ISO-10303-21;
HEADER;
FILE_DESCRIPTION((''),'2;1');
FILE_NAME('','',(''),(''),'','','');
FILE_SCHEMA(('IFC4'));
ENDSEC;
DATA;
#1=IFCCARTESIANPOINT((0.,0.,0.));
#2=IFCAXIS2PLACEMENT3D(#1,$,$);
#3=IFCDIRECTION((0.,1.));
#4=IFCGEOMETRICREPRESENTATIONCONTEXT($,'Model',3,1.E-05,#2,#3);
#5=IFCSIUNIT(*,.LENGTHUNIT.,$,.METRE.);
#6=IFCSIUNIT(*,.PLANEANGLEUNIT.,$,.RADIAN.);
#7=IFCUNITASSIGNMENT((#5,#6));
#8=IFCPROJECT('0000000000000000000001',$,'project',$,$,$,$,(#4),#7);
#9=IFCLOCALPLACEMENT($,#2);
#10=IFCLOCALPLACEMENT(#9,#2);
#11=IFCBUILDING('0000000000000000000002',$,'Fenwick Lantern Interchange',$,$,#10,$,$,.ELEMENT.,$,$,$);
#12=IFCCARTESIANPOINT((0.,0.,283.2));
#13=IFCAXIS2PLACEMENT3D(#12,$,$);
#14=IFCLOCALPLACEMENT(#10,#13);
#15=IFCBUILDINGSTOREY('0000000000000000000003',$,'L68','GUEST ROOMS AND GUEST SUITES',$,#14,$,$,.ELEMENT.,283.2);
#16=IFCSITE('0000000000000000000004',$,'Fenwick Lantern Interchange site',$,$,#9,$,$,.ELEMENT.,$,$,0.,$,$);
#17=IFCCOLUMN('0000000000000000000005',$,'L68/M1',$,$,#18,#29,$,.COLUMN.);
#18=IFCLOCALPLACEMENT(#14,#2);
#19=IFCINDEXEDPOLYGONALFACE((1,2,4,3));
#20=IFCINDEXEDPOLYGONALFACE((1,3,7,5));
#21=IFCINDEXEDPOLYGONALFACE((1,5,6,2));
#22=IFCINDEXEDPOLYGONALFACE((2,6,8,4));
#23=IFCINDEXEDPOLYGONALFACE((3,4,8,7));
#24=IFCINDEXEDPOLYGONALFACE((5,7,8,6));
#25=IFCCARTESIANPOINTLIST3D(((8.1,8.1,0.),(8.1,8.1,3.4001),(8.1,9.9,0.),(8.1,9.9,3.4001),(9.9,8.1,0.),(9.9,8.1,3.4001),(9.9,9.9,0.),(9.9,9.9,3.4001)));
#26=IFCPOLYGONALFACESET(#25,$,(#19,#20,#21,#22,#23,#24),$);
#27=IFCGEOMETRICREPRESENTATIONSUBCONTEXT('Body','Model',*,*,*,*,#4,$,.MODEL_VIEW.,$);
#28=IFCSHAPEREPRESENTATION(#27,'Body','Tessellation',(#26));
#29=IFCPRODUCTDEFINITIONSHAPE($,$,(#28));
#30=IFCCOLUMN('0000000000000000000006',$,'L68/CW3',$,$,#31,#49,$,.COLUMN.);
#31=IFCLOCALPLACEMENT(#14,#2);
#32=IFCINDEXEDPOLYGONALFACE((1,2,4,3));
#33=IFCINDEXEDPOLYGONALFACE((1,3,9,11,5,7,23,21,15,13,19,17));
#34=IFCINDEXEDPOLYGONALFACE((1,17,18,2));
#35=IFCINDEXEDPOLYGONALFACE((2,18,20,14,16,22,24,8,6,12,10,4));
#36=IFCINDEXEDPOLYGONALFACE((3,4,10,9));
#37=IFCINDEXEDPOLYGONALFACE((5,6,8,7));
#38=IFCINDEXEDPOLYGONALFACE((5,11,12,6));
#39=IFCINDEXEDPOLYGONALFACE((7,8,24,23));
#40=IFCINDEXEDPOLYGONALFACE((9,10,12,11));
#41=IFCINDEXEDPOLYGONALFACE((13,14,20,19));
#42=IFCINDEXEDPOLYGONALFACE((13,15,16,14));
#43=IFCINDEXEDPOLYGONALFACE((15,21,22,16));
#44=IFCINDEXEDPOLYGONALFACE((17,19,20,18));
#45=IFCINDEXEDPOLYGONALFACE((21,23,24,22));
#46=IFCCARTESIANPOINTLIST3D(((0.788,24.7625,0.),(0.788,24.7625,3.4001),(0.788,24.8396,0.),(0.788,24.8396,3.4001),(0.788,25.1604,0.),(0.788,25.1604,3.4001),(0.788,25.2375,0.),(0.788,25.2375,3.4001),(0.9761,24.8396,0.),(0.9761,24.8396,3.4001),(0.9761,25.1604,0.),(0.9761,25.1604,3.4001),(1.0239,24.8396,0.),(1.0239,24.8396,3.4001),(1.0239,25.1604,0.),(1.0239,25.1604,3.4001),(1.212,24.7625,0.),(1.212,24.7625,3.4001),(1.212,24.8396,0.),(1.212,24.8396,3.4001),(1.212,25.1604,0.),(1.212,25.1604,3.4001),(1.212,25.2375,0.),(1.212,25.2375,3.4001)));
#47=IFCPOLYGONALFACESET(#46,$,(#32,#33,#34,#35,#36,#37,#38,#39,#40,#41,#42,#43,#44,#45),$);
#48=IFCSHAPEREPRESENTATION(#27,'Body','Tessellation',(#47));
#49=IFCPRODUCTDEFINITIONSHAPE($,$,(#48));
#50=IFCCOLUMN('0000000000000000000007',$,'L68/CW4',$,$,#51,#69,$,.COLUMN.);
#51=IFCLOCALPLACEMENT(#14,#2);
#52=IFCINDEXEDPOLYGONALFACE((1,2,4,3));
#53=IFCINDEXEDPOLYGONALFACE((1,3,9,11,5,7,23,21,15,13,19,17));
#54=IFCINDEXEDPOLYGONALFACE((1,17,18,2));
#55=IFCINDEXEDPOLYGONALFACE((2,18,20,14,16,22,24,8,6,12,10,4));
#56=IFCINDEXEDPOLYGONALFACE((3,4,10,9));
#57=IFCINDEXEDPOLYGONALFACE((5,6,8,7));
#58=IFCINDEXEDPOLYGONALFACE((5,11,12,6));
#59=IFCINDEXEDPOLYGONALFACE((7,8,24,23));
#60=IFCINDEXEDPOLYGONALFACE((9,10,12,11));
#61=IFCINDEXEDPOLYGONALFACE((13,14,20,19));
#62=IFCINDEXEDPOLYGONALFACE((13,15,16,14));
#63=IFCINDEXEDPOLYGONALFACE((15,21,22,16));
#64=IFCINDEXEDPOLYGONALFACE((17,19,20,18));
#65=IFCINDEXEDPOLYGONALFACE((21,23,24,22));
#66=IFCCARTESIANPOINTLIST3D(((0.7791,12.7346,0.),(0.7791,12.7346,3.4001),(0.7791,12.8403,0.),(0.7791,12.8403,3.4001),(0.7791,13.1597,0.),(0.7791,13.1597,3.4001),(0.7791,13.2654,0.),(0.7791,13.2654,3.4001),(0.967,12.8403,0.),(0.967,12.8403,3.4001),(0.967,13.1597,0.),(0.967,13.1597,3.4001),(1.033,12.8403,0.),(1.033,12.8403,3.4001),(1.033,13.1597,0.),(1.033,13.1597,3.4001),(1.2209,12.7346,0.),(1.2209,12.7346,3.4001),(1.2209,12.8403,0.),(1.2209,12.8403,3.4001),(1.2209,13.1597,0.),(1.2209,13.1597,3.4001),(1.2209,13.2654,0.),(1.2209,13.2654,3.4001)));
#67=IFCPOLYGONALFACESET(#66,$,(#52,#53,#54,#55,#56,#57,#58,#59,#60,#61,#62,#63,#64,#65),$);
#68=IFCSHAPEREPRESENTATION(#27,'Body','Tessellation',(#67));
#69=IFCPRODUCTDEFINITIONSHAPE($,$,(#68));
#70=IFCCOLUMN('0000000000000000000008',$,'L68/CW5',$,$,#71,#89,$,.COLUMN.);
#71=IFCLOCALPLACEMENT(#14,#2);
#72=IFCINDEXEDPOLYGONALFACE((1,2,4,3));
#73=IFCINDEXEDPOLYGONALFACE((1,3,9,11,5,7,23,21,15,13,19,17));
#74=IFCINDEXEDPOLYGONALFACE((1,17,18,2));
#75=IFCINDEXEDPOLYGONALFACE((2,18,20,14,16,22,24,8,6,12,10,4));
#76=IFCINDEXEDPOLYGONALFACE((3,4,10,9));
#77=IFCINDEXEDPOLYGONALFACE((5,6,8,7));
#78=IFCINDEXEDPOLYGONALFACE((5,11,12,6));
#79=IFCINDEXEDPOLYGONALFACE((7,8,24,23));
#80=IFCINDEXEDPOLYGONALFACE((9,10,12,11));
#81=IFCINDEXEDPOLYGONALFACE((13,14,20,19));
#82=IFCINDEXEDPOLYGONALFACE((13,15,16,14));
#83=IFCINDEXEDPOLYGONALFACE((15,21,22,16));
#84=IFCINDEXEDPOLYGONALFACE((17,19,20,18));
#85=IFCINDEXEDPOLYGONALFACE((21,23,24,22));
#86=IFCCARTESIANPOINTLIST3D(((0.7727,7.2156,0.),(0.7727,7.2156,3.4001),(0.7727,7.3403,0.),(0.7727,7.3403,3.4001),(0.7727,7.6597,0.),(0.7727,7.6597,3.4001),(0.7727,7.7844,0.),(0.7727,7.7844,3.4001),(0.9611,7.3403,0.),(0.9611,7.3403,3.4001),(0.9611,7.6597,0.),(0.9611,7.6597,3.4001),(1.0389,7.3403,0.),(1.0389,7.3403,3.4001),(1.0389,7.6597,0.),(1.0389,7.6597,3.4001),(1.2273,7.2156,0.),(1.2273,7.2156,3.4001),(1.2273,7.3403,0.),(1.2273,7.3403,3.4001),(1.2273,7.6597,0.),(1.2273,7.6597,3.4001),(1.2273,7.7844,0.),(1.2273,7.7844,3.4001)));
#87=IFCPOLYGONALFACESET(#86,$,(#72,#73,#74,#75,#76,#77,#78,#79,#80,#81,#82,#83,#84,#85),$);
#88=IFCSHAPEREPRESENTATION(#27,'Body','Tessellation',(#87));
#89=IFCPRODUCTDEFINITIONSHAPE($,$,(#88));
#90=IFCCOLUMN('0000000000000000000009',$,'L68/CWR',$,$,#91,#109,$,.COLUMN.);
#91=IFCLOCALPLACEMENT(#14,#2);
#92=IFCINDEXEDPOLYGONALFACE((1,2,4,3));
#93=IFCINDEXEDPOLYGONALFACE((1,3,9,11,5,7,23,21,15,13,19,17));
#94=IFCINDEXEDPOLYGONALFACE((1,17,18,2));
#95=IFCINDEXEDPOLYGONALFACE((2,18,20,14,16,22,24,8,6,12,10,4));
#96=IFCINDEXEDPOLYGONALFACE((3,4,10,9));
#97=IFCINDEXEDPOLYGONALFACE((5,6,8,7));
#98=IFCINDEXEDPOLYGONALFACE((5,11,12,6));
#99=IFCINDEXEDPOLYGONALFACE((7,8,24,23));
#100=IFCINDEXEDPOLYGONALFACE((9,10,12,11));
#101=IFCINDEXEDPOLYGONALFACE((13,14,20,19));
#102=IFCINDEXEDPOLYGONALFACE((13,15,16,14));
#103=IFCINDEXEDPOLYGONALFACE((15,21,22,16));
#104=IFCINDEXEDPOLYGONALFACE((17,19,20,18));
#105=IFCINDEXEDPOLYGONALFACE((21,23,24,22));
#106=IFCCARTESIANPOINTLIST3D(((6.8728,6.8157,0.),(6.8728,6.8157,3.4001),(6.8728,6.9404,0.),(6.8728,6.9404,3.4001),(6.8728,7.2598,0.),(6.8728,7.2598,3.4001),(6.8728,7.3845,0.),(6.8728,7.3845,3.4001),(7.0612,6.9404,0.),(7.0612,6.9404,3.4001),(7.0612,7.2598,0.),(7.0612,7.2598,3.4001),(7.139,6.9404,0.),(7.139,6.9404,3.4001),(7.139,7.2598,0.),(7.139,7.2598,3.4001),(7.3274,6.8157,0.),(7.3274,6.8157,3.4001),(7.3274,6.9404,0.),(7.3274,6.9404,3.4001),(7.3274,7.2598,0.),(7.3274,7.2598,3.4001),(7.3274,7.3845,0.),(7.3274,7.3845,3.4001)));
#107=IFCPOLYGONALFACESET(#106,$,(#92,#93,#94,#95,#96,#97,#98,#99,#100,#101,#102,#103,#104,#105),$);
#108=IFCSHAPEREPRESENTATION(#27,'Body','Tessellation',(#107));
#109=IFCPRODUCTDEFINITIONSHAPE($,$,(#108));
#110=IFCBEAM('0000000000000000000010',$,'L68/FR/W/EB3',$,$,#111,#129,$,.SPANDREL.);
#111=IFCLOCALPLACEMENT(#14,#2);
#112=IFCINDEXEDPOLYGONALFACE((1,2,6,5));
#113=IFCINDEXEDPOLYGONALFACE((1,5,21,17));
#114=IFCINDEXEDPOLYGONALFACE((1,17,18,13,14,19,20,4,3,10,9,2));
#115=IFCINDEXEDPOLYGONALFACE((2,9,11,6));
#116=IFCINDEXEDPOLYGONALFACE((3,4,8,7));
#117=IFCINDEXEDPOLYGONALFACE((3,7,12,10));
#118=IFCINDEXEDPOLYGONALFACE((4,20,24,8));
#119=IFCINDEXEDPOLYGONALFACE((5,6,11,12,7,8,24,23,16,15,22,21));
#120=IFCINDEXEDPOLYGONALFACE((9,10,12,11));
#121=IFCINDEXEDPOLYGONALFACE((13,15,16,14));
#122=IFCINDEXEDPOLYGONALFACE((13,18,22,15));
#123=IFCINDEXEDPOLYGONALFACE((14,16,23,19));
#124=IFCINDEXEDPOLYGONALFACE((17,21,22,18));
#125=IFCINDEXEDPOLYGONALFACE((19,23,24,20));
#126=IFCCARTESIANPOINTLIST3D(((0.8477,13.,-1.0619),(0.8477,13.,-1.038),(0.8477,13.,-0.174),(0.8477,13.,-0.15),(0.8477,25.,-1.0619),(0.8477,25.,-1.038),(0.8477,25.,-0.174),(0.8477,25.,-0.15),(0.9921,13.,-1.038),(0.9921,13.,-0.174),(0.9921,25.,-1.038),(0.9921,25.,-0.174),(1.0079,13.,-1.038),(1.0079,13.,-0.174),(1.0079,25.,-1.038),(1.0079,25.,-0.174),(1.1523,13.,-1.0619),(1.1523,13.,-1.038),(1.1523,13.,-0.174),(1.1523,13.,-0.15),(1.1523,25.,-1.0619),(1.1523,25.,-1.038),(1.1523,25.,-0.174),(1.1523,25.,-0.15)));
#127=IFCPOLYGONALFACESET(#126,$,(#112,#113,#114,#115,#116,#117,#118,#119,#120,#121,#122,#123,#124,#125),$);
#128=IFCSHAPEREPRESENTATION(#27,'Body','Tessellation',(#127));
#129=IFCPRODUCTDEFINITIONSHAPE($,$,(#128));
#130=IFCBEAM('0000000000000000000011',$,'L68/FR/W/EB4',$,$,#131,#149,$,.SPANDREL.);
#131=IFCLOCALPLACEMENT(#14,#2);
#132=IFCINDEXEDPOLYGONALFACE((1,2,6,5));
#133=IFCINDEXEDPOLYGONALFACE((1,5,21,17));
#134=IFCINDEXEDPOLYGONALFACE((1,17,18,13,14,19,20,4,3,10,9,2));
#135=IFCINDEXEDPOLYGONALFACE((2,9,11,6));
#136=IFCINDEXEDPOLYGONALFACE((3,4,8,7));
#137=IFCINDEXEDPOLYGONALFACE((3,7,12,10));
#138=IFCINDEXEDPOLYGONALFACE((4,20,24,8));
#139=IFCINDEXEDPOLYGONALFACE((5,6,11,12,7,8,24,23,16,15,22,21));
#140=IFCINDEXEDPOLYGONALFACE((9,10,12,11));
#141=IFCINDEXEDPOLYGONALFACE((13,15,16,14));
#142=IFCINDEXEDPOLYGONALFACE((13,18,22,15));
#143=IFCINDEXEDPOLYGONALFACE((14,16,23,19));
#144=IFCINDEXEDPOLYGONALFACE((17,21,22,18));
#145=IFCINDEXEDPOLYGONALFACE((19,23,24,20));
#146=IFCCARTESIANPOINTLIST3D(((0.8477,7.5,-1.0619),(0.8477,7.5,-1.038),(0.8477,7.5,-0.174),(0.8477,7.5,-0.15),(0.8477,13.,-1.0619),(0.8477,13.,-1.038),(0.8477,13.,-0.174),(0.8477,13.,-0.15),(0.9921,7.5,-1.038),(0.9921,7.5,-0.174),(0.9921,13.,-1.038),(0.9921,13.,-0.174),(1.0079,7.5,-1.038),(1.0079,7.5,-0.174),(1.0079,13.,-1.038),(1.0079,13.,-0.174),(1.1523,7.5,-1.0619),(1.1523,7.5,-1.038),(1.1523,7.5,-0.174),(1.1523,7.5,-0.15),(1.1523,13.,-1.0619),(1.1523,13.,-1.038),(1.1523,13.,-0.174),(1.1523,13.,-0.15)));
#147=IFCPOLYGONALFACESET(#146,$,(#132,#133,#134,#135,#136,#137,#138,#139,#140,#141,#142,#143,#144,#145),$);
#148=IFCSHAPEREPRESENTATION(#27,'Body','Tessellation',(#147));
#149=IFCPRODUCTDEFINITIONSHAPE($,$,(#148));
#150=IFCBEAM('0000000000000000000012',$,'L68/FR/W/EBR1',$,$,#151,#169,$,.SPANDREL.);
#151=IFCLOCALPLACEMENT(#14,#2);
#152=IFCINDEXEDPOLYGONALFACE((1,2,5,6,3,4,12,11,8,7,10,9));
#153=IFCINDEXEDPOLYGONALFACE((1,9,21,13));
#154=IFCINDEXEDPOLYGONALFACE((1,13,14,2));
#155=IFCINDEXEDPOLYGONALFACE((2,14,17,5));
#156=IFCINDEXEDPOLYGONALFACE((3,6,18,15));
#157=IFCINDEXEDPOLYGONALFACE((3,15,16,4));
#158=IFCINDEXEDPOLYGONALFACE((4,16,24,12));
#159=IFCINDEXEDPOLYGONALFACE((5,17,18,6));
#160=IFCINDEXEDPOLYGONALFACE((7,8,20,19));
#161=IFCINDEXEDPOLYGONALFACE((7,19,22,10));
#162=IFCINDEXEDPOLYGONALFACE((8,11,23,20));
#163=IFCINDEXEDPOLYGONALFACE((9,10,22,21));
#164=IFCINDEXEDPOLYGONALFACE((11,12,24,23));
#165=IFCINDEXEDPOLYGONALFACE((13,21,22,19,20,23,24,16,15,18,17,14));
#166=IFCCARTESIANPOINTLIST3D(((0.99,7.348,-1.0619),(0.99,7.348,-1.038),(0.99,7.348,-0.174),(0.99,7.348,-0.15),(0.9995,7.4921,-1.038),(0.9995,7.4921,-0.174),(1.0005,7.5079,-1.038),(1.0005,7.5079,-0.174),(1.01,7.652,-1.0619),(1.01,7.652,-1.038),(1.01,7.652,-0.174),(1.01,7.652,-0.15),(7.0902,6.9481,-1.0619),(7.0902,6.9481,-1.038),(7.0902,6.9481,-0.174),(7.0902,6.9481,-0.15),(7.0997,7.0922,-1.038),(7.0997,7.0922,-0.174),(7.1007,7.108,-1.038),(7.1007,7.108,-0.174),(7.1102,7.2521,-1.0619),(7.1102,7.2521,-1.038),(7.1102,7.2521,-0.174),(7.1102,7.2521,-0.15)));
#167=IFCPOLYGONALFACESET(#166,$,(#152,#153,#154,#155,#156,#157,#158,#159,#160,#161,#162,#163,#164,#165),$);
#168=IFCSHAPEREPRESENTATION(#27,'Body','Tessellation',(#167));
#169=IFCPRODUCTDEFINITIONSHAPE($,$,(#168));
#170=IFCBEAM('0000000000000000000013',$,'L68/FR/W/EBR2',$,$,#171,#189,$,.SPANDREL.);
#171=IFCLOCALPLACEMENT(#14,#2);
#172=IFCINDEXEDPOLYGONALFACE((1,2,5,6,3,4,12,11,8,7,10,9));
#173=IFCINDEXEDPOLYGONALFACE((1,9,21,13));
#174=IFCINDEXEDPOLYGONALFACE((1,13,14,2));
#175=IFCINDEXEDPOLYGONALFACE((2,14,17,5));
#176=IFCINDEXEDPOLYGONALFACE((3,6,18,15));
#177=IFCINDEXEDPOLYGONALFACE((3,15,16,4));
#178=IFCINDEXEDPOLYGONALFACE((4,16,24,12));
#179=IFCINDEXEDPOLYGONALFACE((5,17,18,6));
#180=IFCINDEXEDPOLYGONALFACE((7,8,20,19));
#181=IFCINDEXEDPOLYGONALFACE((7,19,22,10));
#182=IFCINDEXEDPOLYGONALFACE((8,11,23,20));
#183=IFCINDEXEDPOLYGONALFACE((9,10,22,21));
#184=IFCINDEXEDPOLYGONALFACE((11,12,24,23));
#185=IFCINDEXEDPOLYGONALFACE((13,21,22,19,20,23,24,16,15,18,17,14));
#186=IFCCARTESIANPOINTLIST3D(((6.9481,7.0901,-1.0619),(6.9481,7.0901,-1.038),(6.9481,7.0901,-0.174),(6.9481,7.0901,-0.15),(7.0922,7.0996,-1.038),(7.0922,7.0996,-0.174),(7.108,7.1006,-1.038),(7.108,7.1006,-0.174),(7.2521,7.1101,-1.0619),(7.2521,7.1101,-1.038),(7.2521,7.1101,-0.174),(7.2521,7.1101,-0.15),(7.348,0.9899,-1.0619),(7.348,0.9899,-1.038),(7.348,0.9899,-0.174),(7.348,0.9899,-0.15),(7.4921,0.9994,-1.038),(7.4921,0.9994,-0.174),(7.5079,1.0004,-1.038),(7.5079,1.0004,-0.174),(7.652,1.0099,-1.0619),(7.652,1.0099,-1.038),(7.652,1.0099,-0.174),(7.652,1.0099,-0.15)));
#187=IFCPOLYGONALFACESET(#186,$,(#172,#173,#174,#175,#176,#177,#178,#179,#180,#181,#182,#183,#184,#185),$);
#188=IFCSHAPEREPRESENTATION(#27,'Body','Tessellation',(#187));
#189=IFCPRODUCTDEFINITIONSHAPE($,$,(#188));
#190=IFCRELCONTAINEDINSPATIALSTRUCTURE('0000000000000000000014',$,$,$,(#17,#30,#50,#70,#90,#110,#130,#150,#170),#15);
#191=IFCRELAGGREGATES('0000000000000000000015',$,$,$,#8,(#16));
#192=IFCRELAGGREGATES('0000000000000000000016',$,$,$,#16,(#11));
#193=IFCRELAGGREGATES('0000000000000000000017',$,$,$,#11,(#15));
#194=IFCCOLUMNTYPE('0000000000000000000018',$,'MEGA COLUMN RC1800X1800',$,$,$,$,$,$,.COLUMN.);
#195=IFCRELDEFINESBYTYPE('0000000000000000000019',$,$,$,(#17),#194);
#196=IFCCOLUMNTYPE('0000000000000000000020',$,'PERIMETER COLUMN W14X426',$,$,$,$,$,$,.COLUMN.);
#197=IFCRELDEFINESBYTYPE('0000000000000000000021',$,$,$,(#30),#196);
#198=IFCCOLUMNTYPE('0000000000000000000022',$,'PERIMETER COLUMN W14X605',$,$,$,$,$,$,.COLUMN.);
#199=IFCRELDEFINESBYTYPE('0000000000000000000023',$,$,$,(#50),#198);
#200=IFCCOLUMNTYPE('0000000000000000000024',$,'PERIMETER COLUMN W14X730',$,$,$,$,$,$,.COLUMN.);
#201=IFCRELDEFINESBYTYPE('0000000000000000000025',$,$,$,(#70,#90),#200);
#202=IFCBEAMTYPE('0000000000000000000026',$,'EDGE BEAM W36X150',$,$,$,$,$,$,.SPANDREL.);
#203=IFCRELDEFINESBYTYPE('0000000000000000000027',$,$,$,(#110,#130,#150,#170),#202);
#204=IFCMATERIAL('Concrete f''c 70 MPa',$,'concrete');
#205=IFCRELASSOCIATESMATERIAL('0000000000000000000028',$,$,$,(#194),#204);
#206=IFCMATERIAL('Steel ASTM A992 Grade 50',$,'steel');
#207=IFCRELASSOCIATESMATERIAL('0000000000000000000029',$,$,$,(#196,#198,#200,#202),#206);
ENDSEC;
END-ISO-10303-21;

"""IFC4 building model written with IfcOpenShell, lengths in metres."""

from ifc_helpers import new_model, si_unit, direction, frame, origin, origin_2d, place, context, subcontext, project, spatial, rectangle, i_section, extrude, material, material_profile, profile_set, type_object, element, save


model = new_model("IFC4")

# Units and contexts
model_context = context("Model", 3, precision=1e-05, world=origin(), true_north=direction((0.0, 1.0)))
body_context = subcontext(model_context, "Body", "Model", "MODEL_VIEW")
ifc_project = project(units=[si_unit("LENGTHUNIT", "METRE"), si_unit("PLANEANGLEUNIT", "RADIAN")], contexts=[model_context])

# Site, building, storey
site_placement = place(None, origin())
site = spatial("IfcSite", under=ifc_project, at=site_placement, Name="Fenwick Lantern Interchange site", CompositionType="ELEMENT", RefElevation=0.0)
building_placement = place(site_placement, origin())
building = spatial("IfcBuilding", under=site, at=building_placement, Name="Fenwick Lantern Interchange", CompositionType="ELEMENT")
storey_placement = place(building_placement, frame((0.0, 0.0, 283.2)))
storey = spatial("IfcBuildingStorey", under=building, at=storey_placement, Name="L68", Description="GUEST ROOMS AND GUEST SUITES", CompositionType="ELEMENT", Elevation=283.2)

# Columns
ifc_material_1 = material(Name="Concrete f'c 70 MPa", Category="concrete")
ifc_material_profile_1 = material_profile(ifc_material_1, rectangle(XDim=1.8, YDim=1.8, at=origin_2d()), Name="RC1800X1800")
ifc_profile_set_1 = profile_set([ifc_material_profile_1], Name="Concrete f'c 70 MPa")
column_type_1 = type_object("IfcColumnType", Name="MEGA COLUMN RC1800X1800", PredefinedType="COLUMN", material=ifc_profile_set_1)
column_1_placement = place(storey_placement, frame((9.0, 9.0, 0.0), z_axis=(0.0, 0.0, 1.0), x_axis=(1.0, 0.0, 0.0)))
element("IfcColumn", 1, at=column_1_placement, inside=storey, type_object=column_type_1, Name="L68/M1", PredefinedType="COLUMN", context=body_context, shape_type="SweptSolid", body=[
    extrude(rectangle(XDim=1.8, YDim=1.8, at=origin_2d()), origin(), (0.0, 0.0, 1.0), 3.4001),
])
ifc_material_2 = material(Name="Steel ASTM A992 Grade 50", Category="steel")
ifc_material_profile_2 = material_profile(ifc_material_2, i_section(OverallWidth=0.4241, OverallDepth=0.4751, WebThickness=0.0479, FlangeThickness=0.0771, at=origin_2d()), Name="W14X426")
ifc_profile_set_2 = profile_set([ifc_material_profile_2], Name="Steel ASTM A992 Grade 50")
column_type_2 = type_object("IfcColumnType", Name="PERIMETER COLUMN W14X426", PredefinedType="COLUMN", material=ifc_profile_set_2)
column_2_placement = place(storey_placement, frame((1.0, 25.0, 0.0), z_axis=(0.0, 0.0, 1.0), x_axis=(1.0, 0.0, 0.0)))
element("IfcColumn", 2, at=column_2_placement, inside=storey, type_object=column_type_2, Name="L68/CW3", PredefinedType="COLUMN", context=body_context, shape_type="SweptSolid", body=[
    extrude(i_section(OverallWidth=0.4241, OverallDepth=0.4751, WebThickness=0.0479, FlangeThickness=0.0771, at=origin_2d()), origin(), (0.0, 0.0, 1.0), 3.4001),
])
ifc_material_profile_3 = material_profile(ifc_material_2, i_section(OverallWidth=0.4419, OverallDepth=0.5308, WebThickness=0.0659, FlangeThickness=0.1057, at=origin_2d()), Name="W14X605")
ifc_profile_set_3 = profile_set([ifc_material_profile_3], Name="Steel ASTM A992 Grade 50")
column_type_3 = type_object("IfcColumnType", Name="PERIMETER COLUMN W14X605", PredefinedType="COLUMN", material=ifc_profile_set_3)
column_3_placement = place(storey_placement, frame((1.0, 13.0, 0.0), z_axis=(0.0, 0.0, 1.0), x_axis=(1.0, 0.0, 0.0)))
element("IfcColumn", 3, at=column_3_placement, inside=storey, type_object=column_type_3, Name="L68/CW4", PredefinedType="COLUMN", context=body_context, shape_type="SweptSolid", body=[
    extrude(i_section(OverallWidth=0.4419, OverallDepth=0.5308, WebThickness=0.0659, FlangeThickness=0.1057, at=origin_2d()), origin(), (0.0, 0.0, 1.0), 3.4001),
])
ifc_material_profile_4 = material_profile(ifc_material_2, i_section(OverallWidth=0.4546, OverallDepth=0.5688, WebThickness=0.0779, FlangeThickness=0.1248, at=origin_2d()), Name="W14X730")
ifc_profile_set_4 = profile_set([ifc_material_profile_4], Name="Steel ASTM A992 Grade 50")
column_type_4 = type_object("IfcColumnType", Name="PERIMETER COLUMN W14X730", PredefinedType="COLUMN", material=ifc_profile_set_4)
for number, where, z_axis, x_axis, name in (
    (4, (1.0, 7.5, 0.0), (0.0, 0.0, 1.0), (1.0, 0.0, 0.0), "L68/CW5"),
    (5, (7.1001, 7.1001, 0.0), (0.0, 0.0, 1.0), (1.0, 0.0, 0.0), "L68/CWR"),
):
    element("IfcColumn", number, at=place(storey_placement, frame(where, z_axis=z_axis, x_axis=x_axis)), inside=storey, type_object=column_type_4, Name=name, PredefinedType="COLUMN", context=body_context, shape_type="SweptSolid", body=[
        extrude(i_section(OverallWidth=0.4546, OverallDepth=0.5688, WebThickness=0.0779, FlangeThickness=0.1248, at=origin_2d()), origin(), (0.0, 0.0, 1.0), 3.4001),
    ])

# Beams
ifc_material_profile_5 = material_profile(ifc_material_2, i_section(OverallWidth=0.3047, OverallDepth=0.9119, WebThickness=0.0159, FlangeThickness=0.0239, at=origin_2d()), Name="W36X150")
ifc_profile_set_5 = profile_set([ifc_material_profile_5], Name="Steel ASTM A992 Grade 50")
beam_type_1 = type_object("IfcBeamType", Name="EDGE BEAM W36X150", PredefinedType="SPANDREL", material=ifc_profile_set_5)
beam_1_placement = place(storey_placement, frame((1.0, 25.0, -0.606), z_axis=(0.0, -1.0, 0.0), x_axis=(1.0, 0.0, 0.0)))
element("IfcBeam", 6, at=beam_1_placement, inside=storey, type_object=beam_type_1, Name="L68/FR/W/EB3", PredefinedType="SPANDREL", context=body_context, shape_type="SweptSolid", body=[
    extrude(i_section(OverallWidth=0.3047, OverallDepth=0.9119, WebThickness=0.0159, FlangeThickness=0.0239, at=origin_2d()), origin(), (0.0, 0.0, 1.0), 12.0),
])
beam_2_placement = place(storey_placement, frame((1.0, 13.0, -0.606), z_axis=(0.0, -1.0, 0.0), x_axis=(1.0, 0.0, 0.0)))
element("IfcBeam", 7, at=beam_2_placement, inside=storey, type_object=beam_type_1, Name="L68/FR/W/EB4", PredefinedType="SPANDREL", context=body_context, shape_type="SweptSolid", body=[
    extrude(i_section(OverallWidth=0.3047, OverallDepth=0.9119, WebThickness=0.0159, FlangeThickness=0.0239, at=origin_2d()), origin(), (0.0, 0.0, 1.0), 5.5),
])
for number, where, z_axis, x_axis, name in (
    (8, (1.0, 7.5, -0.606), (0.997858, -0.065416, 0.0), (0.065416, 0.997858, 0.0), "L68/FR/W/EBR1"),
    (9, (7.1001, 7.1001, -0.606), (0.065416, -0.997858, 0.0), (0.997858, 0.065416, 0.0), "L68/FR/W/EBR2"),
):
    element("IfcBeam", number, at=place(storey_placement, frame(where, z_axis=z_axis, x_axis=x_axis)), inside=storey, type_object=beam_type_1, Name=name, PredefinedType="SPANDREL", context=body_context, shape_type="SweptSolid", body=[
        extrude(i_section(OverallWidth=0.3047, OverallDepth=0.9119, WebThickness=0.0159, FlangeThickness=0.0239, at=origin_2d()), origin(), (0.0, 0.0, 1.0), 6.1133),
    ])

save(model, "model.ifc")
